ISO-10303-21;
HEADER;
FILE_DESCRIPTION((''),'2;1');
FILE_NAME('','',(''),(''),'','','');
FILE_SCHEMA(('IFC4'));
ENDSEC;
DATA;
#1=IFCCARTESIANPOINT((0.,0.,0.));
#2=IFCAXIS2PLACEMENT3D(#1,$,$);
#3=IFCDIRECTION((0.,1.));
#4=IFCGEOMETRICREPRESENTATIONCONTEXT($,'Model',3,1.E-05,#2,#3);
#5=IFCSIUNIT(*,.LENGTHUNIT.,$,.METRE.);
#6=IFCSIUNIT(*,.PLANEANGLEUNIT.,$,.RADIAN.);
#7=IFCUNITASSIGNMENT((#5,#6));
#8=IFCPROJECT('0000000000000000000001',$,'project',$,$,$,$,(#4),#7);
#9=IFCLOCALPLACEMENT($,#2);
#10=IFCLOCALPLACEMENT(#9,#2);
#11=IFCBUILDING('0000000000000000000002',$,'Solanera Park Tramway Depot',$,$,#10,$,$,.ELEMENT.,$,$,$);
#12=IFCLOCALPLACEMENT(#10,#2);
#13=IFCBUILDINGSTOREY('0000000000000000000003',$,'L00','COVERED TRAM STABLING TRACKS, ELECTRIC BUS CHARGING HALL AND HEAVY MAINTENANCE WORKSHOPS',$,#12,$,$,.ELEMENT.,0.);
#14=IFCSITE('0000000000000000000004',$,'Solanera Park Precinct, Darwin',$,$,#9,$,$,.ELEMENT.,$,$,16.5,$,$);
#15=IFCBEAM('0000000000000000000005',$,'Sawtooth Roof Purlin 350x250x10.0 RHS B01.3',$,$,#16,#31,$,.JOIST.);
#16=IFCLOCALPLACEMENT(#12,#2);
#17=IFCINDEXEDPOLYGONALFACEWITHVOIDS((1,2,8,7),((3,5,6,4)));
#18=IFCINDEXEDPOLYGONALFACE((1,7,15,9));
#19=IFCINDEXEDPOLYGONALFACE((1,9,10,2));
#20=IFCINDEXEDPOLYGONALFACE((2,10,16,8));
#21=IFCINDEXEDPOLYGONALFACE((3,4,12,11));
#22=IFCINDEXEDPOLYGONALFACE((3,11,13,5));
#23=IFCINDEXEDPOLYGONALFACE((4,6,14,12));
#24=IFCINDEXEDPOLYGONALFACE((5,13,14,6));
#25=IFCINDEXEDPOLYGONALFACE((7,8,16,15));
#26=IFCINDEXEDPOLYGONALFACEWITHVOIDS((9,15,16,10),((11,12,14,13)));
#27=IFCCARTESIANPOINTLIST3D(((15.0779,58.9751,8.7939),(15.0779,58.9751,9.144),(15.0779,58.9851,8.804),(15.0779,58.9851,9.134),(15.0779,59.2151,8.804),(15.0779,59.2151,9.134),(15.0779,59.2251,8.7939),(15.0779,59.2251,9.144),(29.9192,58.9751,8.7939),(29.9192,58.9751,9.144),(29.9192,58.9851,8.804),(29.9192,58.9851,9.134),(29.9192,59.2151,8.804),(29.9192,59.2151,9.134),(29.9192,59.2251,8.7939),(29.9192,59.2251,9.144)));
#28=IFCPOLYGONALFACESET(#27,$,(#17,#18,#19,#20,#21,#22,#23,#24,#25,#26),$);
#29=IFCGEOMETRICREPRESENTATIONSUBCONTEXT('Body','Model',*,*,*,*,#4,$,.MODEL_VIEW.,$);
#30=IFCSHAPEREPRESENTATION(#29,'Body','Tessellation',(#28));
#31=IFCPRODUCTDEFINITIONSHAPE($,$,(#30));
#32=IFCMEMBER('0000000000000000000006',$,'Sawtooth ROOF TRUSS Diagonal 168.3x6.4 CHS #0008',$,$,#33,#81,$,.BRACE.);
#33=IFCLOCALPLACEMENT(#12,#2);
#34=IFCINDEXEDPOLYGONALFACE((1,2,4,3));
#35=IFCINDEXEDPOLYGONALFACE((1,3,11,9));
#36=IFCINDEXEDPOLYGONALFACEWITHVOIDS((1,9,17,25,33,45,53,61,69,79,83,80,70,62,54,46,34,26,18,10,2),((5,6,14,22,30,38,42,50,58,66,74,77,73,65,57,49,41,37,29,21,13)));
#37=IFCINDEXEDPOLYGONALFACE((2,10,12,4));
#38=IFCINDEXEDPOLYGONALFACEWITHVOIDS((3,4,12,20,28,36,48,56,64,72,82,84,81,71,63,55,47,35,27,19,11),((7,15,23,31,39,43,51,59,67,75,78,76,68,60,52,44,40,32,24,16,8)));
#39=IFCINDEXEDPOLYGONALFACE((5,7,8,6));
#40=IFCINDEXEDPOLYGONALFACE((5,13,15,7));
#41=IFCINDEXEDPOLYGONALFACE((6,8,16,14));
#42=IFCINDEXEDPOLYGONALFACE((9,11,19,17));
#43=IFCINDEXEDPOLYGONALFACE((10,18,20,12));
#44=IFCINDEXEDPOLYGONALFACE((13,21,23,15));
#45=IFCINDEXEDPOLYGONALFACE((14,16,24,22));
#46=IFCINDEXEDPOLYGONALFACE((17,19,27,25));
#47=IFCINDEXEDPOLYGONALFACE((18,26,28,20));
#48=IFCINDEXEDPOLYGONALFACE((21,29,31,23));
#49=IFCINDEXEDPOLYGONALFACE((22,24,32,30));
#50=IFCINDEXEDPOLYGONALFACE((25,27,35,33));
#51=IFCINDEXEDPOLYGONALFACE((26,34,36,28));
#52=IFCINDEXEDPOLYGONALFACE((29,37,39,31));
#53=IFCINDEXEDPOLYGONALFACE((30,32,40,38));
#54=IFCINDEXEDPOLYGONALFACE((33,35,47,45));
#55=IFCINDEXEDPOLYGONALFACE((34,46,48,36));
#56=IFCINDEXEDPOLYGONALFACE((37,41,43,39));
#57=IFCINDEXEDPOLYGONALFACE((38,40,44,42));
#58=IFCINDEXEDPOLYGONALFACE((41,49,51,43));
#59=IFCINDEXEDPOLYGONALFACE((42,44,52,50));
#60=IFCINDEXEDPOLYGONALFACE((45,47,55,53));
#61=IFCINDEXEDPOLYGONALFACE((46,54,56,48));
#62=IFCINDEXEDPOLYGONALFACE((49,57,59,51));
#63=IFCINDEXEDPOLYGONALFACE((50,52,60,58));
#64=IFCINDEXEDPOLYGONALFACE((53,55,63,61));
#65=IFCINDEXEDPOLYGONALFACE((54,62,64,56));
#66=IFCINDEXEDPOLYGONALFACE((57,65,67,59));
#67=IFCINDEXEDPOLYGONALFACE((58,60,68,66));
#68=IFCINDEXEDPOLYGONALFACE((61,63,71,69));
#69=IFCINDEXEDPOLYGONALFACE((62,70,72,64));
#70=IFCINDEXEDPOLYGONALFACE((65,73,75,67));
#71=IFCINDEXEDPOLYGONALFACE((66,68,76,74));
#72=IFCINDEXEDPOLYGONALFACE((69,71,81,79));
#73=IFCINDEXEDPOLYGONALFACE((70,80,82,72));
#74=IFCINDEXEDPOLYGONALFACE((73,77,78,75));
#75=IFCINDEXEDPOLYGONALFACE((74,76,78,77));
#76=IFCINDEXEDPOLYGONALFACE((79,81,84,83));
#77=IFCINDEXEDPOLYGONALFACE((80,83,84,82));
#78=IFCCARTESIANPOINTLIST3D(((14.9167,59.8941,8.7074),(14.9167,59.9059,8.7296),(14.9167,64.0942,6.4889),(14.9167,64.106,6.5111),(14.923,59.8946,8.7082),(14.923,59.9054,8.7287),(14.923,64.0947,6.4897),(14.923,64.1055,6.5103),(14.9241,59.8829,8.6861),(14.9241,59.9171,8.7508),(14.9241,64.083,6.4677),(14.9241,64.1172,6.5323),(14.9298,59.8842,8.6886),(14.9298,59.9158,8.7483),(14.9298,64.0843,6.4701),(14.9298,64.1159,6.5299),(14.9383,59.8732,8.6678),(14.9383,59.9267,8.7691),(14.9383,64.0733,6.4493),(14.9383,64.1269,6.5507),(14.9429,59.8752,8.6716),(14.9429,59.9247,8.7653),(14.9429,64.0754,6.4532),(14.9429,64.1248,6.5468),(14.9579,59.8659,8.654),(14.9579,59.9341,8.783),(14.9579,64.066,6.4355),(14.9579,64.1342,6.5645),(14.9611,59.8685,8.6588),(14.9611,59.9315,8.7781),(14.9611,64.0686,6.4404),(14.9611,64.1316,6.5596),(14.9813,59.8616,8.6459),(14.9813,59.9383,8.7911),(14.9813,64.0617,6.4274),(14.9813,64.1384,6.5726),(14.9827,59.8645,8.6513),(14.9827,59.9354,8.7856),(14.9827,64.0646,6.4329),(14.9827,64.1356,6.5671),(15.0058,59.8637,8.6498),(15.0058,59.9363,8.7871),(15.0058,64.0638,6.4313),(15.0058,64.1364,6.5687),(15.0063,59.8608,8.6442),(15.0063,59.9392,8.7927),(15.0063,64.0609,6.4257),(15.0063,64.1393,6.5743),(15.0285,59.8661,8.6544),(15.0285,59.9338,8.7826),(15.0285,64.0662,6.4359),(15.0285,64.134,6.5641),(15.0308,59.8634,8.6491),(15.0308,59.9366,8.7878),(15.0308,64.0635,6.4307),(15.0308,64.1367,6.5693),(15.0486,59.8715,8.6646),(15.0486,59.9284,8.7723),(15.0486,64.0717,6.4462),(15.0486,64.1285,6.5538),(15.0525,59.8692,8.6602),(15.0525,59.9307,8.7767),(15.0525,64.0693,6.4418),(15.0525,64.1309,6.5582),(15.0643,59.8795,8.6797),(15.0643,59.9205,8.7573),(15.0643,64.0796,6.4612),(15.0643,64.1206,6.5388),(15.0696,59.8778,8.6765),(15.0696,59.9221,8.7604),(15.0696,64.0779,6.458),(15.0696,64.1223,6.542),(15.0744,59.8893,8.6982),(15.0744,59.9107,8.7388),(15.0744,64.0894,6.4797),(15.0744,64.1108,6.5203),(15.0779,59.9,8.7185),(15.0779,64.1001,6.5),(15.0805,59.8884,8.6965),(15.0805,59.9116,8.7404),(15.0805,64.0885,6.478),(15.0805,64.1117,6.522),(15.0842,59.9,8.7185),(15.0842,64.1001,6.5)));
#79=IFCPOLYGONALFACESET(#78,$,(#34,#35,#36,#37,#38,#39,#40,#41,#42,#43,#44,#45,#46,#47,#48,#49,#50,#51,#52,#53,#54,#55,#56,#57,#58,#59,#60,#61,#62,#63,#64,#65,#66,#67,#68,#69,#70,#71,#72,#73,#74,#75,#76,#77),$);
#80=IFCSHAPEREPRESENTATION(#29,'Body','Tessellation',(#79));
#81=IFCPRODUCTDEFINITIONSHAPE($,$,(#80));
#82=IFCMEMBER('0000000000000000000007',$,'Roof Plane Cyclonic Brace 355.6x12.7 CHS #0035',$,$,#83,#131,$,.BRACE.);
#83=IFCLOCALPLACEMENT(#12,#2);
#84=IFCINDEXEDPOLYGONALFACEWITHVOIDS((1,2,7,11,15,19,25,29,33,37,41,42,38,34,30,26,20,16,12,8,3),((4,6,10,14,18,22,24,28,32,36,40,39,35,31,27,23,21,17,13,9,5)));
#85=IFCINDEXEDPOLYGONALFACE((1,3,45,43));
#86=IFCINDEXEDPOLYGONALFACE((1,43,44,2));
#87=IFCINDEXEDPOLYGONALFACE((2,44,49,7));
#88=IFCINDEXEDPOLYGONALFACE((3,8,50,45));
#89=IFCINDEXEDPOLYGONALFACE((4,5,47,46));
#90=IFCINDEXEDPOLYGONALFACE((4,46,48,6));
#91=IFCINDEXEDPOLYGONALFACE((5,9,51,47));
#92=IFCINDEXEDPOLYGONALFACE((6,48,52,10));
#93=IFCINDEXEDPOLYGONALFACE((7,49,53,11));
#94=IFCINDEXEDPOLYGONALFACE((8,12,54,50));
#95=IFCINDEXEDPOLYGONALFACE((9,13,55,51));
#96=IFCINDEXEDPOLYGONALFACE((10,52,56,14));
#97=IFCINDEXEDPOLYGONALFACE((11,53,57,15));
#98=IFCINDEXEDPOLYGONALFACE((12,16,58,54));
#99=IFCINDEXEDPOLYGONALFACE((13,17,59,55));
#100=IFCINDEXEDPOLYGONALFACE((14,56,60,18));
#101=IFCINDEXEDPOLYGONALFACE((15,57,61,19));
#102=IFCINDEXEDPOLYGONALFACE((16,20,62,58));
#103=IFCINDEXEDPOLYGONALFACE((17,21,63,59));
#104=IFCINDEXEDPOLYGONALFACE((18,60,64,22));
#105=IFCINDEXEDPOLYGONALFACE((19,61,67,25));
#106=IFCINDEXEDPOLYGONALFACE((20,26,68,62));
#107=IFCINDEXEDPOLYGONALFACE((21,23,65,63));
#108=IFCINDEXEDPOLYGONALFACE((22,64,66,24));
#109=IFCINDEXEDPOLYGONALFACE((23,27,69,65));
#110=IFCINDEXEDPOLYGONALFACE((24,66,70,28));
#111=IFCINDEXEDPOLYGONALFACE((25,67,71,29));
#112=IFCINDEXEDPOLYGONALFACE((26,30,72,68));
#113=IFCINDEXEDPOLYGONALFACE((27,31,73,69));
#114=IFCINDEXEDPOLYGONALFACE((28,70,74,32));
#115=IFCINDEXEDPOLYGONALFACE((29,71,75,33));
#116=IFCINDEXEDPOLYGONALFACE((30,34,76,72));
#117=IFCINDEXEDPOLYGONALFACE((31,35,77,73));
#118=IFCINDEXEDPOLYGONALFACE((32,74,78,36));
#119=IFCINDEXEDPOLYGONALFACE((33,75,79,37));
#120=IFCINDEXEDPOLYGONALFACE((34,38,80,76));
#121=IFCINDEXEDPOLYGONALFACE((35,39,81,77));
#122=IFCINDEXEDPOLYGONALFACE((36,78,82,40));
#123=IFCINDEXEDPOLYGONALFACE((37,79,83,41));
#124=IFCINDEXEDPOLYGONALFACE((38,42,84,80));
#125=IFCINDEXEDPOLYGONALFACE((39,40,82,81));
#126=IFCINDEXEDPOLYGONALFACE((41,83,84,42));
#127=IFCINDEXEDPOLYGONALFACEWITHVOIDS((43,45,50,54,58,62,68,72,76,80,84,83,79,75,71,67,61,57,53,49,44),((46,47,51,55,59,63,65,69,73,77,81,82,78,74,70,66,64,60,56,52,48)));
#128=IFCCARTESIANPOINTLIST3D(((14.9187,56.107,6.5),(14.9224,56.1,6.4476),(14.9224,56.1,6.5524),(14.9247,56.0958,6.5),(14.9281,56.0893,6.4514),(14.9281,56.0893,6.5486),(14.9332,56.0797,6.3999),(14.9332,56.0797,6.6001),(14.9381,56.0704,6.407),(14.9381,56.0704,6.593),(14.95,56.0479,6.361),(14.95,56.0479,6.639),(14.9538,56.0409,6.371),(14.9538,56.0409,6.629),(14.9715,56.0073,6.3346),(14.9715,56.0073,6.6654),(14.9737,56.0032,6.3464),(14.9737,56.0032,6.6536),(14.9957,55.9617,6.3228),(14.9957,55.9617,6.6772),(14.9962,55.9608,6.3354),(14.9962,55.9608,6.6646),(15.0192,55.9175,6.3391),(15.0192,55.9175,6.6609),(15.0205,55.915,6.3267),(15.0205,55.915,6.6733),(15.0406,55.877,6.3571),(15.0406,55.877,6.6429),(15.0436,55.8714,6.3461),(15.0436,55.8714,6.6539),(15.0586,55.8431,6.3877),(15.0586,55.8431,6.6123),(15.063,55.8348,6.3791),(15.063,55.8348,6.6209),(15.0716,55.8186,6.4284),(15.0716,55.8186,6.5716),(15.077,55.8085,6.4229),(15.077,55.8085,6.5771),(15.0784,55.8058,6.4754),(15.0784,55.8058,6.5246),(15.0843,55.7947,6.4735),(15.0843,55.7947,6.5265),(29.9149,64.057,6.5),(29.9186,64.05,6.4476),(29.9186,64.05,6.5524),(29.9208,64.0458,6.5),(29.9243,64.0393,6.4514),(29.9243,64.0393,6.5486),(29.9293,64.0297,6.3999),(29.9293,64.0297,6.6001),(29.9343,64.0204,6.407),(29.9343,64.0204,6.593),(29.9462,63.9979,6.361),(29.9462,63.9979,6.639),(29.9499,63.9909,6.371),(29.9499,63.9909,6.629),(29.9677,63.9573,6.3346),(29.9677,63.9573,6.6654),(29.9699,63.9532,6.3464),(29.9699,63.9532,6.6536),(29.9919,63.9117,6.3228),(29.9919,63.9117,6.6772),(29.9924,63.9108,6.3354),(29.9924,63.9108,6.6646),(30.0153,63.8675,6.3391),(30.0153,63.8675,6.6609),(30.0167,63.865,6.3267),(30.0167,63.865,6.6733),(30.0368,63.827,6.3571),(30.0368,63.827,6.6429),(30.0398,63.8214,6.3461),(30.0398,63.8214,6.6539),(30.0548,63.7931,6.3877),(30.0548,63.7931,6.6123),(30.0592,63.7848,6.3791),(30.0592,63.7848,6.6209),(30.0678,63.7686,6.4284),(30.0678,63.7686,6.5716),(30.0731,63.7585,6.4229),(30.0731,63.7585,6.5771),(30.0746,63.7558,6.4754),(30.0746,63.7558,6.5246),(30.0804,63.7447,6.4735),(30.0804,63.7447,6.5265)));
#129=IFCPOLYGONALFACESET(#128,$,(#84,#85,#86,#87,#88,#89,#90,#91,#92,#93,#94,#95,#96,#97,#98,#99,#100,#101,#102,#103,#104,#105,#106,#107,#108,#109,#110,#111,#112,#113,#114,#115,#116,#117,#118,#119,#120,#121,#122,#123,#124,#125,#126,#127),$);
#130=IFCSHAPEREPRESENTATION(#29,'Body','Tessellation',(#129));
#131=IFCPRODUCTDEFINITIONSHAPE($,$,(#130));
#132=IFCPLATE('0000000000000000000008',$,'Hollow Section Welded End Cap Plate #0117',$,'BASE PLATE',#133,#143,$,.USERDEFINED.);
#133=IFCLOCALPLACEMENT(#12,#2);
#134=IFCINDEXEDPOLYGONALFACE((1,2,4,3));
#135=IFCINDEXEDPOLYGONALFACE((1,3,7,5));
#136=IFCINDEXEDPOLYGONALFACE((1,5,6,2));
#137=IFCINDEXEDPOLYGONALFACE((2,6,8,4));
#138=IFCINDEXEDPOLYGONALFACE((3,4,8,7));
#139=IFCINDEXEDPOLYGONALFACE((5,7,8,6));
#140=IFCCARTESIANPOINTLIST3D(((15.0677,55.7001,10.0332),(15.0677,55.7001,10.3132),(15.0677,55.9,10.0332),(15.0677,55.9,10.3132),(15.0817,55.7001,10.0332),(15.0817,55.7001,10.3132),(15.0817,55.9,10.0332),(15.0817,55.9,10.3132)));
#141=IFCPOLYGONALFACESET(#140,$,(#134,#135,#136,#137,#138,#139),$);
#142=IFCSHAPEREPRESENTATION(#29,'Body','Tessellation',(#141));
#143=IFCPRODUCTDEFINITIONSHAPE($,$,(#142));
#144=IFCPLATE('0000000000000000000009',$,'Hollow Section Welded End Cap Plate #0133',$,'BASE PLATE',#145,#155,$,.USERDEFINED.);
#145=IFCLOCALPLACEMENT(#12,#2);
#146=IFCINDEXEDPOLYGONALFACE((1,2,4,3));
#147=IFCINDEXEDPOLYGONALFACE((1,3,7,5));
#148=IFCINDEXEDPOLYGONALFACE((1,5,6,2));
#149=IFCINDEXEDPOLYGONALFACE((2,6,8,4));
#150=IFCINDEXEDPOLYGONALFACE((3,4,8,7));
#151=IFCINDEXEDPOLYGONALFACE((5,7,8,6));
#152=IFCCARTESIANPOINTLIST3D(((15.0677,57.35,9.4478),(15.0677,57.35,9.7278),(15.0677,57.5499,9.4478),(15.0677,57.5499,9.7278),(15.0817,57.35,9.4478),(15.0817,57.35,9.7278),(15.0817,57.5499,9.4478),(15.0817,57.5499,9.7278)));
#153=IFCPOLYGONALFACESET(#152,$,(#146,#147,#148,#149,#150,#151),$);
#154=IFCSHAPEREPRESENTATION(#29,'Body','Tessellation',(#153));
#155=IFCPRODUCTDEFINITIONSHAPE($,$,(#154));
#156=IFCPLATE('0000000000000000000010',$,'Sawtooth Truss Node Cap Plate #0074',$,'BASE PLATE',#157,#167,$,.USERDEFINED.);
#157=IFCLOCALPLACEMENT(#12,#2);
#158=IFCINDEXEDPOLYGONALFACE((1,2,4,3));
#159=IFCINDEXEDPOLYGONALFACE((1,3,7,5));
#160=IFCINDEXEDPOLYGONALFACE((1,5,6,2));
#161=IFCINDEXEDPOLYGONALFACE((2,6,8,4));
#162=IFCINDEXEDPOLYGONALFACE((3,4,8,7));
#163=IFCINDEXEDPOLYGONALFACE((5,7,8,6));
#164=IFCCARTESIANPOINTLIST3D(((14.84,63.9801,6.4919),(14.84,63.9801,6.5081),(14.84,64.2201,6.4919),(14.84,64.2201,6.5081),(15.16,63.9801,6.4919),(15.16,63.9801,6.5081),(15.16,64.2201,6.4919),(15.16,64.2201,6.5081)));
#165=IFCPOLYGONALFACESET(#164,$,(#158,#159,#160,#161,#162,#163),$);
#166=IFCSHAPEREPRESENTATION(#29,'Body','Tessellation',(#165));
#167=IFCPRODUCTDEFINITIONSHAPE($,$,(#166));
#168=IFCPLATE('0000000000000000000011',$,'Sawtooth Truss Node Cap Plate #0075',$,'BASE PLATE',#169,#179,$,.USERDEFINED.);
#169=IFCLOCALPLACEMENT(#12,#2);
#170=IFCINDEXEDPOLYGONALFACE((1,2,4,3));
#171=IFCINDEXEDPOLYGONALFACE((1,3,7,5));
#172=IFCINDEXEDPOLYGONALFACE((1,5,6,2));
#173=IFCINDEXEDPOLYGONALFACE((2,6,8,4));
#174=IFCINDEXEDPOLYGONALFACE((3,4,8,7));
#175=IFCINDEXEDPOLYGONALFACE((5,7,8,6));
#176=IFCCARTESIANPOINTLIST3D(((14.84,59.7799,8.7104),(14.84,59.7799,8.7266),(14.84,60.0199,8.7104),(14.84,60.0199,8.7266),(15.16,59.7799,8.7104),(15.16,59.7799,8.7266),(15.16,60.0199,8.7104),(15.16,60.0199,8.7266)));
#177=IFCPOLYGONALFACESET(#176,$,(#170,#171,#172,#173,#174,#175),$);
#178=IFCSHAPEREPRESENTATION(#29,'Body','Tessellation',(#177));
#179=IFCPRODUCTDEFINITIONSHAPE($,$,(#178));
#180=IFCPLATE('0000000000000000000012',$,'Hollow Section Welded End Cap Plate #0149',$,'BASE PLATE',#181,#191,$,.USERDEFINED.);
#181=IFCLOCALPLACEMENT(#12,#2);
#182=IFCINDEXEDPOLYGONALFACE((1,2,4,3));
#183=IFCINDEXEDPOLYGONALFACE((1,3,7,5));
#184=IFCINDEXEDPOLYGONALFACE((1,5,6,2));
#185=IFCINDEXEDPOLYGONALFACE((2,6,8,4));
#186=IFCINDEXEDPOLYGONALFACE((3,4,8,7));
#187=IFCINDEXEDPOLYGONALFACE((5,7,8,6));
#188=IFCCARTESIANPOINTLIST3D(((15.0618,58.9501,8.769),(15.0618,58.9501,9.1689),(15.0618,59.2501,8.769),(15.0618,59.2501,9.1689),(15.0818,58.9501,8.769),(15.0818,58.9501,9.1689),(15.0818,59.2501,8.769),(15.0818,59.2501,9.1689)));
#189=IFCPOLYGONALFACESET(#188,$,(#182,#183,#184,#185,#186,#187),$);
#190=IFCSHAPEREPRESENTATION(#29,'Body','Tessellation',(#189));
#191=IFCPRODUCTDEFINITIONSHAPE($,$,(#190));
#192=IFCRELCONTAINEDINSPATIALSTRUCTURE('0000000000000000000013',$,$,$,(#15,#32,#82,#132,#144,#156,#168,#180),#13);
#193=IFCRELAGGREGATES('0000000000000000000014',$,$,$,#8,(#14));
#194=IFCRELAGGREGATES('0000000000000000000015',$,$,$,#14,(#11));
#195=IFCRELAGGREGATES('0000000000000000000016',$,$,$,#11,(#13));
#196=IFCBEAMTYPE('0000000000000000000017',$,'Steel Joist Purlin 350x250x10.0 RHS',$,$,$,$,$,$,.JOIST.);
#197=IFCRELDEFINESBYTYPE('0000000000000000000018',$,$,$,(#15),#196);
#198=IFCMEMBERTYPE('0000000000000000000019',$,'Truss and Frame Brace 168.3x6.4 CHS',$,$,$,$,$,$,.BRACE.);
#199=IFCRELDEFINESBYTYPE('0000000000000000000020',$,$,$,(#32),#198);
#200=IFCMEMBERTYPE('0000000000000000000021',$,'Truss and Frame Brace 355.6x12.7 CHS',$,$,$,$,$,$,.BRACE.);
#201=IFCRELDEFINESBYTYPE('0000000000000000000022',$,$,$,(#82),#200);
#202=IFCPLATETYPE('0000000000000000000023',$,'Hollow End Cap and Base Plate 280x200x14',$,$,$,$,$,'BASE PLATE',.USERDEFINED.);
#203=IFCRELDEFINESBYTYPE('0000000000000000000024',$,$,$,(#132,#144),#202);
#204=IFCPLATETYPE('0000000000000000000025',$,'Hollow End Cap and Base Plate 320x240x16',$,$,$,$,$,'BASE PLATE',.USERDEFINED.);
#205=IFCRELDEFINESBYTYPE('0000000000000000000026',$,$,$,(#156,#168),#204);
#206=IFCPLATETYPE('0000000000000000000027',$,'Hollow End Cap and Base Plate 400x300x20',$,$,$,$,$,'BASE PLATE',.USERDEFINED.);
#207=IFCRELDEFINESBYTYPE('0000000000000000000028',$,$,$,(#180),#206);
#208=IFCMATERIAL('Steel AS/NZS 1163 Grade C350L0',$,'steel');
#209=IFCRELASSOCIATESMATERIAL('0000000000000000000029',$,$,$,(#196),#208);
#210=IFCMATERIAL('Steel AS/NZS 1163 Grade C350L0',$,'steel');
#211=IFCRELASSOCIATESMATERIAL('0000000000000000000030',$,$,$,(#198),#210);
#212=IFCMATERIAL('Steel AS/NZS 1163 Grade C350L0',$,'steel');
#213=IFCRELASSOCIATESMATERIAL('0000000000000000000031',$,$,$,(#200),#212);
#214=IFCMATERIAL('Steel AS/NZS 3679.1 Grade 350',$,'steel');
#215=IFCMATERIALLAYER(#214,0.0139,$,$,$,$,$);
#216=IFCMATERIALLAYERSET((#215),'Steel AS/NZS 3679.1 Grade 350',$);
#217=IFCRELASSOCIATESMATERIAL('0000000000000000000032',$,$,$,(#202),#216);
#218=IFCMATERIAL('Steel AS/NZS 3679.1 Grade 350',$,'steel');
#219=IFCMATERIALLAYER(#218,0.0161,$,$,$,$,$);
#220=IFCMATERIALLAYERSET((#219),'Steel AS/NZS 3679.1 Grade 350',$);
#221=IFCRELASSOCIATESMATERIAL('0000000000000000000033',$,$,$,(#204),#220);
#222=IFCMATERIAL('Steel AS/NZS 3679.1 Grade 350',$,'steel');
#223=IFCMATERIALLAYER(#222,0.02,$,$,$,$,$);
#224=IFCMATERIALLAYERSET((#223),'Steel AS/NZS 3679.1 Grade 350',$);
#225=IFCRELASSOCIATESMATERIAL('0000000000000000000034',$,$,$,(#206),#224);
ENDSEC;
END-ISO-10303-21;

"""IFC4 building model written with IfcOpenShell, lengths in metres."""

from ifc_helpers import new_model, si_unit, direction, frame, origin, origin_2d, place, context, subcontext, project, spatial, rectangle, hollow_rectangle, hollow_circle, extrude, material, layer, layer_set, material_profile, profile_set, type_object, element, save


model = new_model("IFC4")

# Units and contexts
model_context = context("Model", 3, precision=1e-05, world=origin(), true_north=direction((0.0, 1.0)))
body_context = subcontext(model_context, "Body", "Model", "MODEL_VIEW")
ifc_project = project(units=[si_unit("LENGTHUNIT", "METRE"), si_unit("PLANEANGLEUNIT", "RADIAN")], contexts=[model_context])

# Site, building, storey
site_placement = place(None, origin())
site = spatial("IfcSite", under=ifc_project, at=site_placement, Name="Solanera Park Precinct, Darwin", CompositionType="ELEMENT", RefElevation=16.5)
building_placement = place(site_placement, origin())
building = spatial("IfcBuilding", under=site, at=building_placement, Name="Solanera Park Tramway Depot", CompositionType="ELEMENT")
storey_placement = place(building_placement, origin())
storey = spatial("IfcBuildingStorey", under=building, at=storey_placement, Name="L00", Description="COVERED TRAM STABLING TRACKS, ELECTRIC BUS CHARGING HALL AND HEAVY MAINTENANCE WORKSHOPS", CompositionType="ELEMENT", Elevation=0.0)

# Beam
ifc_material_1 = material(Name="Steel AS/NZS 1163 Grade C350L0", Category="steel")
ifc_material_profile_1 = material_profile(ifc_material_1, hollow_rectangle(XDim=0.25, YDim=0.3501, WallThickness=0.01, at=origin_2d()), Name="350x250x10.0 RHS")
ifc_profile_set_1 = profile_set([ifc_material_profile_1], Name="Steel AS/NZS 1163 Grade C350L0")
beam_type_1 = type_object("IfcBeamType", Name="Steel Joist Purlin 350x250x10.0 RHS", PredefinedType="JOIST", material=ifc_profile_set_1)
beam_1_placement = place(storey_placement, frame((15.0779, 59.1001, 8.969), z_axis=(1.0, 0.0, 0.0), x_axis=(0.0, 1.0, 0.0)))
element("IfcBeam", 1, at=beam_1_placement, inside=storey, type_object=beam_type_1, Name="Sawtooth Roof Purlin 350x250x10.0 RHS B01.3", PredefinedType="JOIST", context=body_context, shape_type="SweptSolid", body=[
    extrude(hollow_rectangle(XDim=0.25, YDim=0.3501, WallThickness=0.01, at=origin_2d()), origin(), (0.0, 0.0, 1.0), 14.8413),
])

# Members
ifc_material_2 = material(Name="Steel AS/NZS 1163 Grade C350L0", Category="steel")
ifc_material_profile_2 = material_profile(ifc_material_2, hollow_circle(Radius=0.0842, WallThickness=0.0063, at=origin_2d()), Name="168.3x6.4 CHS")
ifc_profile_set_2 = profile_set([ifc_material_profile_2], Name="Steel AS/NZS 1163 Grade C350L0")
member_type_1 = type_object("IfcMemberType", Name="Truss and Frame Brace 168.3x6.4 CHS", PredefinedType="BRACE", material=ifc_profile_set_2)
member_1_placement = place(storey_placement, frame((15.0, 64.1001, 6.5), z_axis=(0.0, -0.884234, 0.467044), x_axis=(1.0, 0.0, 0.0)))
element("IfcMember", 2, at=member_1_placement, inside=storey, type_object=member_type_1, Name="Sawtooth ROOF TRUSS Diagonal 168.3x6.4 CHS #0008", PredefinedType="BRACE", context=body_context, shape_type="SweptSolid", body=[
    extrude(hollow_circle(Radius=0.0842, WallThickness=0.0063, at=origin_2d()), origin(), (0.0, 0.0, 1.0), 4.75),
])
ifc_material_3 = material(Name="Steel AS/NZS 1163 Grade C350L0", Category="steel")
ifc_material_profile_3 = material_profile(ifc_material_3, hollow_circle(Radius=0.1777, WallThickness=0.0127, at=origin_2d()), Name="355.6x12.7 CHS")
ifc_profile_set_3 = profile_set([ifc_material_profile_3], Name="Steel AS/NZS 1163 Grade C350L0")
member_type_2 = type_object("IfcMemberType", Name="Truss and Frame Brace 355.6x12.7 CHS", PredefinedType="BRACE", material=ifc_profile_set_3)
member_2_placement = place(storey_placement, frame((15.002, 55.95, 6.5), z_axis=(0.883524, 0.468387, 0.0), x_axis=(-0.468387, 0.883524, 0.0)))
element("IfcMember", 3, at=member_2_placement, inside=storey, type_object=member_type_2, Name="Roof Plane Cyclonic Brace 355.6x12.7 CHS #0035", PredefinedType="BRACE", context=body_context, shape_type="SweptSolid", body=[
    extrude(hollow_circle(Radius=0.1777, WallThickness=0.0127, at=origin_2d()), origin(), (0.0, 0.0, 1.0), 16.9731),
])

# Plates
ifc_material_4 = material(Name="Steel AS/NZS 3679.1 Grade 350", Category="steel")
ifc_layer_1 = layer(ifc_material_4, 0.0139)
ifc_layer_set_1 = layer_set([ifc_layer_1], Name="Steel AS/NZS 3679.1 Grade 350")
plate_type_1 = type_object("IfcPlateType", Name="Hollow End Cap and Base Plate 280x200x14", ElementType="BASE PLATE", PredefinedType="USERDEFINED", material=ifc_layer_set_1)
for number, where, z_axis, x_axis, name in (
    (4, (15.0747, 55.8, 10.0332), (0.0, 0.0, 1.0), (1.0, 0.0, 0.0), "Hollow Section Welded End Cap Plate #0117"),
    (5, (15.0747, 57.45, 9.4478), (0.0, 0.0, 1.0), (1.0, 0.0, 0.0), "Hollow Section Welded End Cap Plate #0133"),
):
    element("IfcPlate", number, at=place(storey_placement, frame(where, z_axis=z_axis, x_axis=x_axis)), inside=storey, type_object=plate_type_1, Name=name, ObjectType="BASE PLATE", PredefinedType="USERDEFINED", context=body_context, shape_type="SweptSolid", body=[
        extrude(rectangle(XDim=0.0139, YDim=0.2, at=origin_2d()), origin(), (0.0, 0.0, 1.0), 0.28),
    ])
ifc_material_5 = material(Name="Steel AS/NZS 3679.1 Grade 350", Category="steel")
ifc_layer_2 = layer(ifc_material_5, 0.0161)
ifc_layer_set_2 = layer_set([ifc_layer_2], Name="Steel AS/NZS 3679.1 Grade 350")
plate_type_2 = type_object("IfcPlateType", Name="Hollow End Cap and Base Plate 320x240x16", ElementType="BASE PLATE", PredefinedType="USERDEFINED", material=ifc_layer_set_2)
for number, where, z_axis, x_axis, name in (
    (6, (15.0, 64.1001, 6.4919), (0.0, 0.0, 1.0), (1.0, 0.0, 0.0), "Sawtooth Truss Node Cap Plate #0074"),
    (7, (15.0, 59.8999, 8.7104), (0.0, 0.0, 1.0), (1.0, 0.0, 0.0), "Sawtooth Truss Node Cap Plate #0075"),
):
    element("IfcPlate", number, at=place(storey_placement, frame(where, z_axis=z_axis, x_axis=x_axis)), inside=storey, type_object=plate_type_2, Name=name, ObjectType="BASE PLATE", PredefinedType="USERDEFINED", context=body_context, shape_type="SweptSolid", body=[
        extrude(rectangle(XDim=0.3201, YDim=0.24, at=origin_2d()), origin(), (0.0, 0.0, 1.0), 0.0161),
    ])
ifc_material_6 = material(Name="Steel AS/NZS 3679.1 Grade 350", Category="steel")
ifc_layer_3 = layer(ifc_material_6, 0.02)
ifc_layer_set_3 = layer_set([ifc_layer_3], Name="Steel AS/NZS 3679.1 Grade 350")
plate_type_3 = type_object("IfcPlateType", Name="Hollow End Cap and Base Plate 400x300x20", ElementType="BASE PLATE", PredefinedType="USERDEFINED", material=ifc_layer_set_3)
plate_1_placement = place(storey_placement, frame((15.0718, 59.1001, 8.769), z_axis=(0.0, 0.0, 1.0), x_axis=(1.0, 0.0, 0.0)))
element("IfcPlate", 8, at=plate_1_placement, inside=storey, type_object=plate_type_3, Name="Hollow Section Welded End Cap Plate #0149", ObjectType="BASE PLATE", PredefinedType="USERDEFINED", context=body_context, shape_type="SweptSolid", body=[
    extrude(rectangle(XDim=0.02, YDim=0.3, at=origin_2d()), origin(), (0.0, 0.0, 1.0), 0.3999),
])

save(model, "model.ifc")
